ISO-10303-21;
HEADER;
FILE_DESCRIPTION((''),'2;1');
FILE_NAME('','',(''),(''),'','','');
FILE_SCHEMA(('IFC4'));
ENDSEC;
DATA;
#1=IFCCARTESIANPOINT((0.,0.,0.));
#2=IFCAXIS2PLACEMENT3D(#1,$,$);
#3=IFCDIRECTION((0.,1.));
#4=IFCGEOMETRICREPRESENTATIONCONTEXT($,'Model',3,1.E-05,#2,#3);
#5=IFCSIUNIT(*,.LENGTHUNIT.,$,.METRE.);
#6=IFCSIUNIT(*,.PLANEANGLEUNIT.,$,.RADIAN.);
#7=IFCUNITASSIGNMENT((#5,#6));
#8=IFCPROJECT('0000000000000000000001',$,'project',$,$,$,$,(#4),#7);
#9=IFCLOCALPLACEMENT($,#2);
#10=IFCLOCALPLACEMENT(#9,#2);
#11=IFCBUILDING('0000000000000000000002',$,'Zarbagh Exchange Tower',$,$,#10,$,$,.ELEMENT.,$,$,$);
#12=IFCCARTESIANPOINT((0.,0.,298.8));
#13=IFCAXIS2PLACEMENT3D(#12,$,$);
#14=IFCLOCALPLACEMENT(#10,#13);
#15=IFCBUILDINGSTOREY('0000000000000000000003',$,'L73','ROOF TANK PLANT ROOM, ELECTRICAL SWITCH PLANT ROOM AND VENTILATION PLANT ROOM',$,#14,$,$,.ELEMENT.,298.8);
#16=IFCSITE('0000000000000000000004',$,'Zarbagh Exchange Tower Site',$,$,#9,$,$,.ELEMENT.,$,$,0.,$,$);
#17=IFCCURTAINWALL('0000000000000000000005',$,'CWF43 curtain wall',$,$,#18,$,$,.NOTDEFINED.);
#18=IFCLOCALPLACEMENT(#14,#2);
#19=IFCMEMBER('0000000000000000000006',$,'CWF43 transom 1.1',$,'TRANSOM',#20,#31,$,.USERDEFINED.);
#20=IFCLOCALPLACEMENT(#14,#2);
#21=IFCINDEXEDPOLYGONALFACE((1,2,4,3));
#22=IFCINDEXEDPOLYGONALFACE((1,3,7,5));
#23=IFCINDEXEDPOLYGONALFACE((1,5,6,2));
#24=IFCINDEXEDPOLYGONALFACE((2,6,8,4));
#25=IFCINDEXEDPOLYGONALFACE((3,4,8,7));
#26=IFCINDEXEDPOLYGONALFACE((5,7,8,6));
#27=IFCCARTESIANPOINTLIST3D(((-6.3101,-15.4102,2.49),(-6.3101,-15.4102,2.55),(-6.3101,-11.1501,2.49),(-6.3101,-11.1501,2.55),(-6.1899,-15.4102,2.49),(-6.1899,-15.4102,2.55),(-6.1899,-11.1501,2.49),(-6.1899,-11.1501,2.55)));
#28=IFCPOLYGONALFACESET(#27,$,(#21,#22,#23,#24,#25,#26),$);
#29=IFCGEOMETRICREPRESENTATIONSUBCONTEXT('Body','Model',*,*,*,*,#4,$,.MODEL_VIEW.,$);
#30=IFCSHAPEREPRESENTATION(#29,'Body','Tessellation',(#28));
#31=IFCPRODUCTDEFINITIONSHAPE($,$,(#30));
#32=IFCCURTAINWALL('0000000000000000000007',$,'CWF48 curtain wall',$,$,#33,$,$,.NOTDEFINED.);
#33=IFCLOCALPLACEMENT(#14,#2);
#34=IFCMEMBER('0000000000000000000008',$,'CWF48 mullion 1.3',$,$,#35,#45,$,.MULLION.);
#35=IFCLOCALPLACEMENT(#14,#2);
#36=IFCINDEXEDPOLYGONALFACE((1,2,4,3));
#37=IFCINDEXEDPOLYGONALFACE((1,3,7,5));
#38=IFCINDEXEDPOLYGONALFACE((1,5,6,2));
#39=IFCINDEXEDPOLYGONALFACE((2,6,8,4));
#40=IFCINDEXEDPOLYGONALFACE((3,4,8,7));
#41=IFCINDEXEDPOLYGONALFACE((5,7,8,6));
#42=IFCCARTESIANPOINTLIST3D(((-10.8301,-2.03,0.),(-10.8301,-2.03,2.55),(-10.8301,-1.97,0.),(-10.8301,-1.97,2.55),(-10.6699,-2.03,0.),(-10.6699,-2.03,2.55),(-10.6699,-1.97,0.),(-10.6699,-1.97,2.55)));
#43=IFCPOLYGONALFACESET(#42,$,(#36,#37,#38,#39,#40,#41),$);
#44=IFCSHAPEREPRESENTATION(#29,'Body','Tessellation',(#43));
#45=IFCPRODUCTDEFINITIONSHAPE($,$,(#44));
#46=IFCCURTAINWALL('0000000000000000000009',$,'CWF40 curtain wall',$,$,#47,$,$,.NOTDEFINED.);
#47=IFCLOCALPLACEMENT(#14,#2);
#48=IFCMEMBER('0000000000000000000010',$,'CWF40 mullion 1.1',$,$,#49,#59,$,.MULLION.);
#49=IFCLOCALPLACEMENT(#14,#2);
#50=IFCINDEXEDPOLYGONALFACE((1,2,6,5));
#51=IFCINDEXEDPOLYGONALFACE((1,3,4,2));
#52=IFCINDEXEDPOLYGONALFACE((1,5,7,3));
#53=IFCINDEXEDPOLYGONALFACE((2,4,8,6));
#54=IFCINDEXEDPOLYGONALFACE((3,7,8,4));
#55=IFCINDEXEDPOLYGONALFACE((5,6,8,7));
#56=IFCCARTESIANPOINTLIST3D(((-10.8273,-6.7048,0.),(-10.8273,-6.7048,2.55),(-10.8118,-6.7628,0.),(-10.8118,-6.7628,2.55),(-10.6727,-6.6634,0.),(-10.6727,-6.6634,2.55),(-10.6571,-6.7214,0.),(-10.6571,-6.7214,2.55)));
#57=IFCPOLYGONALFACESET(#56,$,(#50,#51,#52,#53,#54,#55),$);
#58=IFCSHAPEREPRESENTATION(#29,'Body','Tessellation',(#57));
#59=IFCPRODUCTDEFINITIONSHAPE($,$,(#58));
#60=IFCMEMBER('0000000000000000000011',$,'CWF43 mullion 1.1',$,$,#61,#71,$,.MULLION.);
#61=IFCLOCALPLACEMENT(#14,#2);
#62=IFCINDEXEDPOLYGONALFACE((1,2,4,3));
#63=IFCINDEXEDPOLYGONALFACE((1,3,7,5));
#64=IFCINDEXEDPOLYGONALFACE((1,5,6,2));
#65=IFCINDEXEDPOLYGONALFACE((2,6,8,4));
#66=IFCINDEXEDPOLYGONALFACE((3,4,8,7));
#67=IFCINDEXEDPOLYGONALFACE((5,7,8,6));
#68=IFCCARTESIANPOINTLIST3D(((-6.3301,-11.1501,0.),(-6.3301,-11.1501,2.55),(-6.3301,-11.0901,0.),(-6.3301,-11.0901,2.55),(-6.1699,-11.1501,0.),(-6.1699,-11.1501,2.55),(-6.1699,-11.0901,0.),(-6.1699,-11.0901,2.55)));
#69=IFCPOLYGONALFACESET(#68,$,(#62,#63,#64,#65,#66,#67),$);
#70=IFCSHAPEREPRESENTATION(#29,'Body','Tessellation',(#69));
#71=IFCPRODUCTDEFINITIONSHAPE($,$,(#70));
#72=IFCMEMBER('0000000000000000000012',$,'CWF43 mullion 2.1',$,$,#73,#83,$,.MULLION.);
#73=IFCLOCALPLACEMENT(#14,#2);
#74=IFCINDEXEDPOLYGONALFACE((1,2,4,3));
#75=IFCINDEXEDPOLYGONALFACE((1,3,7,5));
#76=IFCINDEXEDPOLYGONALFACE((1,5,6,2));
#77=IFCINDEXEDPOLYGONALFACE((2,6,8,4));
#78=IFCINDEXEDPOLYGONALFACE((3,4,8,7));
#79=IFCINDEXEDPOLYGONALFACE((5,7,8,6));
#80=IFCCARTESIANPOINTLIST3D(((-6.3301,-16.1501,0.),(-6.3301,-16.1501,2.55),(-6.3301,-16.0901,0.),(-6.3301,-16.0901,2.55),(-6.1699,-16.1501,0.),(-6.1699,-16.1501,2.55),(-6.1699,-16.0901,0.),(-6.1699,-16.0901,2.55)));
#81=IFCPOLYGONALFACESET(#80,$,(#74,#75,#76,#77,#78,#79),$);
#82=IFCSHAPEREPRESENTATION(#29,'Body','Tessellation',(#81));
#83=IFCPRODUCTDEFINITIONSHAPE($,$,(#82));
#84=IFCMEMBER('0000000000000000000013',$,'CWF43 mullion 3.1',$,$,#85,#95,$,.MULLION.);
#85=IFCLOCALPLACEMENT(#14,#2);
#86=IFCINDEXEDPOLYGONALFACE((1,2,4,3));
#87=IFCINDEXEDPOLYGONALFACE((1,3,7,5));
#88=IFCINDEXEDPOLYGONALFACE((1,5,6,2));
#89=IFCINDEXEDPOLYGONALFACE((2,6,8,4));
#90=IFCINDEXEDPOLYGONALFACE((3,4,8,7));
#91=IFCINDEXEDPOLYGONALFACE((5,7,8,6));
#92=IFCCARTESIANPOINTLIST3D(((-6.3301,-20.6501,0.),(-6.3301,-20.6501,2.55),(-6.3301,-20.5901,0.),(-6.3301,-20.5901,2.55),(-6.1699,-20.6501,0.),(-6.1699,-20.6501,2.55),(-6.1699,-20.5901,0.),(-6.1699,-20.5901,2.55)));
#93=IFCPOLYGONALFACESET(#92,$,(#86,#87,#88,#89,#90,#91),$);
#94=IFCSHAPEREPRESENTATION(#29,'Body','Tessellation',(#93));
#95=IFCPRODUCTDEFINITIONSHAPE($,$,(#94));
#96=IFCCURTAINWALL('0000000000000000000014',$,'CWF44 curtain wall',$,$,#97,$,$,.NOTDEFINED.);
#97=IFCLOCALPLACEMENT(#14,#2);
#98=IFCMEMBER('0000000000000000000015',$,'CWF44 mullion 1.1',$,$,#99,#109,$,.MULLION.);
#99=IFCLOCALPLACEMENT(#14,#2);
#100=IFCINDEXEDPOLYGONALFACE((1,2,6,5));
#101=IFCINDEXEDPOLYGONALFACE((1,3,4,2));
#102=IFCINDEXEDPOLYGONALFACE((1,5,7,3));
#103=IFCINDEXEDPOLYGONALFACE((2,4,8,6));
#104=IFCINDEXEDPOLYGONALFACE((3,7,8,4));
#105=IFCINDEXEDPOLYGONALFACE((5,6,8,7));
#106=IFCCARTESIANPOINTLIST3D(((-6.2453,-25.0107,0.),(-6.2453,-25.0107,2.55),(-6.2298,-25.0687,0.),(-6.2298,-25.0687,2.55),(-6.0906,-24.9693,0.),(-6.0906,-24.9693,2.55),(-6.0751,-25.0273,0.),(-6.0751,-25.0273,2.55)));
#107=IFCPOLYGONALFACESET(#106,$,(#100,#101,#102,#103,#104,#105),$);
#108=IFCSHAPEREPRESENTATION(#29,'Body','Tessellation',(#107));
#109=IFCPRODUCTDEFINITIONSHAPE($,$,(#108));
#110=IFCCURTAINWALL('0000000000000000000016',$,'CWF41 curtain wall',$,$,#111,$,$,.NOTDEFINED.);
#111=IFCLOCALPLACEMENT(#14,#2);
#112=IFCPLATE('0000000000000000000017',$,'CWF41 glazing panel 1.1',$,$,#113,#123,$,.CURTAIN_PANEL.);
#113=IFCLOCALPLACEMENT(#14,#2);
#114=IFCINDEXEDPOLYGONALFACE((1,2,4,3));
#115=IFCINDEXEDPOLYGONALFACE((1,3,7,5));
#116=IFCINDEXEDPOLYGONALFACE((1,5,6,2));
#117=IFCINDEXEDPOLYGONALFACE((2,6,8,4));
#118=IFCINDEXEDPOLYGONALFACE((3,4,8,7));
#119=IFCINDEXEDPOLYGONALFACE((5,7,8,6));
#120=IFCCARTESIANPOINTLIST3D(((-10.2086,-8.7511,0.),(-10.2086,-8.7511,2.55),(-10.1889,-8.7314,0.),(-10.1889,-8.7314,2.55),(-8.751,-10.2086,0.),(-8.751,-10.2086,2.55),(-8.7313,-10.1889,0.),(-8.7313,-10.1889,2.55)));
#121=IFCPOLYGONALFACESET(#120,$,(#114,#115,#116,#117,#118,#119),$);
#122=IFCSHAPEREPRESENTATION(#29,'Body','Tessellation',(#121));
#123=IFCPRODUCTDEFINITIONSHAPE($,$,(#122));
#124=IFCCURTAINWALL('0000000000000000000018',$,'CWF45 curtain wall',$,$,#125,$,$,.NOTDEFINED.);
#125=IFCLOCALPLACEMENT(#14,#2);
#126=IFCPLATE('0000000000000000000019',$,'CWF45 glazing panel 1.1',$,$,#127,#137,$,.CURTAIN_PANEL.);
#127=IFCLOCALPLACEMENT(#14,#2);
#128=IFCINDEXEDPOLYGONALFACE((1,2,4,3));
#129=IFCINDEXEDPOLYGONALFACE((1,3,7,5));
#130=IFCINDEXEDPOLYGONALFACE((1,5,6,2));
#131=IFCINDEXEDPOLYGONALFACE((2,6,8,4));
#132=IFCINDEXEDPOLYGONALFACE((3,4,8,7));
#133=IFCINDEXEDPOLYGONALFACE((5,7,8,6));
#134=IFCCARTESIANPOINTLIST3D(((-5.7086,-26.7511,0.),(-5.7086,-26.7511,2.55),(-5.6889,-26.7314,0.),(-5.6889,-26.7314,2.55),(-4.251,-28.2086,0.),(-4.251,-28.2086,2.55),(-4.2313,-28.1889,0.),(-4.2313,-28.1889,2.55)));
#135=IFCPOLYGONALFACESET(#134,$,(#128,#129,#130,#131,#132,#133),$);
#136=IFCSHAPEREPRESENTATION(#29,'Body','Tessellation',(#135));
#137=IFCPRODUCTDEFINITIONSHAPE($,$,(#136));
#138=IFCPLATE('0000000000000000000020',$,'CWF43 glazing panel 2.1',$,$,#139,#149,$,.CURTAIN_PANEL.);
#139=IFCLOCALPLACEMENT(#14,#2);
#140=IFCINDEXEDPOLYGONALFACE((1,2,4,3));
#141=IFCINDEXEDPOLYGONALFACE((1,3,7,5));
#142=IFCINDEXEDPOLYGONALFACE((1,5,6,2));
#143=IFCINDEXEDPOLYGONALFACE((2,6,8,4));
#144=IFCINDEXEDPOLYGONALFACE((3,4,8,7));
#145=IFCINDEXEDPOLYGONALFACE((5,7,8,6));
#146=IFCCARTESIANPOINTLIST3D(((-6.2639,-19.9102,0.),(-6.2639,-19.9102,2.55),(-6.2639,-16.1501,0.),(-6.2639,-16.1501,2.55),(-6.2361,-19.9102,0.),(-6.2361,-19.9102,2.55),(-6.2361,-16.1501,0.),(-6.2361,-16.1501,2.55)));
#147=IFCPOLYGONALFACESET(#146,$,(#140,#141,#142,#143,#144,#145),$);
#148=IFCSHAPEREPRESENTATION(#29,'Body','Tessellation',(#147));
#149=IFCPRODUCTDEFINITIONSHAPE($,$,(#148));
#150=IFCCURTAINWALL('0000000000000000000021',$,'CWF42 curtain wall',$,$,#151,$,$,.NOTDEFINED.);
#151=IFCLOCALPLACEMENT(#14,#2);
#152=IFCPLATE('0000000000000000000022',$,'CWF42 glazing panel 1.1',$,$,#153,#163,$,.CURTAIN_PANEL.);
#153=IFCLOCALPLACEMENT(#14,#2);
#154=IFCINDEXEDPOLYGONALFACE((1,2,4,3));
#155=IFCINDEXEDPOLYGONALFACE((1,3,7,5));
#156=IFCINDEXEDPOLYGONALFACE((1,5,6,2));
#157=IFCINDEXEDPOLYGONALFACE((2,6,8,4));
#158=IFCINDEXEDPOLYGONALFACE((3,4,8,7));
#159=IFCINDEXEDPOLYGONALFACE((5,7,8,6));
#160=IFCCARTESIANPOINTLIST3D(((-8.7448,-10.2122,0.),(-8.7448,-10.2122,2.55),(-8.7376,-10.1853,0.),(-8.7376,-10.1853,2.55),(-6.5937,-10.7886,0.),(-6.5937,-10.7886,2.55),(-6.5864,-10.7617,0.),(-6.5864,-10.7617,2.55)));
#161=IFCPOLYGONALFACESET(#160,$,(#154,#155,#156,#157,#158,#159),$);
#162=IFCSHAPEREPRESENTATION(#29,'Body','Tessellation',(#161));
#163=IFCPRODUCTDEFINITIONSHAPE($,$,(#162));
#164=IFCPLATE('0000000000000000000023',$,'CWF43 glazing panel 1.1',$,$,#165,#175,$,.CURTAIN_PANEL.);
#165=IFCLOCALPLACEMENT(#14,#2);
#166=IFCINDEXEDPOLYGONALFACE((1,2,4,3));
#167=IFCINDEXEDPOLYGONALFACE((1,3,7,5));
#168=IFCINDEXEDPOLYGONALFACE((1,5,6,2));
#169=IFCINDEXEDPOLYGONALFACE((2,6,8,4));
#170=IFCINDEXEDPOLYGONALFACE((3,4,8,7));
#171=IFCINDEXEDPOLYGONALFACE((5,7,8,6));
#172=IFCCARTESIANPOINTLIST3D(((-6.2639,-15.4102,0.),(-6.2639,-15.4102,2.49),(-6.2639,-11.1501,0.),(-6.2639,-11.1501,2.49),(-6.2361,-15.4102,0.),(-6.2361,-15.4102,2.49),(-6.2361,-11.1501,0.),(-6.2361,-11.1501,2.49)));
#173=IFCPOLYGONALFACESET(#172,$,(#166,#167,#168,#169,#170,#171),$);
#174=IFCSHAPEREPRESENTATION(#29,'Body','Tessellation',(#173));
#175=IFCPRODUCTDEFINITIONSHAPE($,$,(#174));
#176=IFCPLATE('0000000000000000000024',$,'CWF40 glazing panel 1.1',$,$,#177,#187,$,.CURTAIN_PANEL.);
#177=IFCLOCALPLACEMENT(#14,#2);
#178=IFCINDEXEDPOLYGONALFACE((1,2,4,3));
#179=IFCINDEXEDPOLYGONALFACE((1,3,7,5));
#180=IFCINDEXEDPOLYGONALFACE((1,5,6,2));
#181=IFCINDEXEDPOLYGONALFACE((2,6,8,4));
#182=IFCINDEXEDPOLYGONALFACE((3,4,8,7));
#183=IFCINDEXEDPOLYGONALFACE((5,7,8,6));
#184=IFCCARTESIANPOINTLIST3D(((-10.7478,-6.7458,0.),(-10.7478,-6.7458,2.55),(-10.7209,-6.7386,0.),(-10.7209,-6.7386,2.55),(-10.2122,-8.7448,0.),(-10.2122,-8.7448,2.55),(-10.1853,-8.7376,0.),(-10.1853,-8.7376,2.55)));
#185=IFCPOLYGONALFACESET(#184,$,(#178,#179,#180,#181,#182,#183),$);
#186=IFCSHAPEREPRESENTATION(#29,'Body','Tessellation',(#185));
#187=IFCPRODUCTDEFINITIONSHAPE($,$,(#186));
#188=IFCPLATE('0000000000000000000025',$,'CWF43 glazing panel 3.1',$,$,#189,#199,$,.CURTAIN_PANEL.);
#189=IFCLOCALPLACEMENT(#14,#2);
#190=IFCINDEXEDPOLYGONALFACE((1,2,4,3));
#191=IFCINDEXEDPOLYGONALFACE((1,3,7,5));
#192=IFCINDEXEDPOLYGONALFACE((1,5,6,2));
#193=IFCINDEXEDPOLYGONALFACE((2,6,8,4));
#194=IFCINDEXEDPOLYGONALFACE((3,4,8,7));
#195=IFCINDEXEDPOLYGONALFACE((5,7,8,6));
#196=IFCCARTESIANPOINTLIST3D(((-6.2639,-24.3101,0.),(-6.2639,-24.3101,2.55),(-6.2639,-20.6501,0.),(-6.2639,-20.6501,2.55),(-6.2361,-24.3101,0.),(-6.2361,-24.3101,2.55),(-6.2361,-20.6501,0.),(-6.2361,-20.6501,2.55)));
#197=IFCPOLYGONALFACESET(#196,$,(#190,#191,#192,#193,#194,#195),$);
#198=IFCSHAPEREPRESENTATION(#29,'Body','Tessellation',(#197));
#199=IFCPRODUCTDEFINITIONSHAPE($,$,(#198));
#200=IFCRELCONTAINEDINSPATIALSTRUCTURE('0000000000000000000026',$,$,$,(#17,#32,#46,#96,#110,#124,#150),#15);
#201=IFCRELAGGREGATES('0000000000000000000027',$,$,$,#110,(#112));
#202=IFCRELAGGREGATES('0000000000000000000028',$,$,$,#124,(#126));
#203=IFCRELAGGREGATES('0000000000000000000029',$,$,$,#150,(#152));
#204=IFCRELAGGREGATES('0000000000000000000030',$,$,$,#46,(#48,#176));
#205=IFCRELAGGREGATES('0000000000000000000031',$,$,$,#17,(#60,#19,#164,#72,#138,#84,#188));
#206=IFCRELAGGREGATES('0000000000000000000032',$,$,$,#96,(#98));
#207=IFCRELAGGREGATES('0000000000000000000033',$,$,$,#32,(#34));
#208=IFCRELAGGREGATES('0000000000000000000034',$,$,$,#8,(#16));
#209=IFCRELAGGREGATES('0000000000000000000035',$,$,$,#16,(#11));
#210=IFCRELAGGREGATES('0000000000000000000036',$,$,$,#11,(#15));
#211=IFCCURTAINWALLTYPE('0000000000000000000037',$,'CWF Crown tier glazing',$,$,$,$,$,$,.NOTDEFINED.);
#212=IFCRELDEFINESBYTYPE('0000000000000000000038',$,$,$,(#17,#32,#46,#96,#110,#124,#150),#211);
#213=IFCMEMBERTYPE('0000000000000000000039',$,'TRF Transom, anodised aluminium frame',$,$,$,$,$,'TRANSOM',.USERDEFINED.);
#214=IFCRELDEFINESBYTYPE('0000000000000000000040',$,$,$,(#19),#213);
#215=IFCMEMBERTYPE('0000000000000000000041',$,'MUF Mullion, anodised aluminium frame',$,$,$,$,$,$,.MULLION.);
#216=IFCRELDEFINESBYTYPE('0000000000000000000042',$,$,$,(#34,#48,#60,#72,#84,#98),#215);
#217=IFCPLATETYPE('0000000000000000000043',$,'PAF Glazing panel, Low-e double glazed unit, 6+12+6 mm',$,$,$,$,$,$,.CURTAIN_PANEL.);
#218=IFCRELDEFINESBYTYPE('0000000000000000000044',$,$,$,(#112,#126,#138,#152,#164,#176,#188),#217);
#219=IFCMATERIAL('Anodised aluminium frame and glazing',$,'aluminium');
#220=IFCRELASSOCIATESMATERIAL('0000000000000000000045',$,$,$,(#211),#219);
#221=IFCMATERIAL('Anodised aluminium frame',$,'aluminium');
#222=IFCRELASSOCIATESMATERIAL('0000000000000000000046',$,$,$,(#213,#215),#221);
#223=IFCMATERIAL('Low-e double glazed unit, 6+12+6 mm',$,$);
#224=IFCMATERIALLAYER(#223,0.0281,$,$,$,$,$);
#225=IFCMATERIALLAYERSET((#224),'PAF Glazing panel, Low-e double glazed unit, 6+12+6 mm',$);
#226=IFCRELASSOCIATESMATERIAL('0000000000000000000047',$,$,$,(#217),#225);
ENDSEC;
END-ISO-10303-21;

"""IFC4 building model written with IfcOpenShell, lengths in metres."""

from ifc_helpers import new_model, si_unit, direction, frame, origin, place, context, subcontext, project, spatial, polyline, outline, extrude, source, transform, mapped, material, layer, layer_set, type_object, element, aggregate, save


model = new_model("IFC4")

# Units and contexts
model_context = context("Model", 3, precision=1e-05, world=origin(), true_north=direction((0.0, 1.0)))
body_context = subcontext(model_context, "Body", "Model", "MODEL_VIEW")
ifc_project = project(units=[si_unit("LENGTHUNIT", "METRE"), si_unit("PLANEANGLEUNIT", "RADIAN")], contexts=[model_context])

# Site, building, storey
site_placement = place(None, origin())
site = spatial("IfcSite", under=ifc_project, at=site_placement, Name="Zarbagh Exchange Tower Site", CompositionType="ELEMENT", RefElevation=0.0)
building_placement = place(site_placement, origin())
building = spatial("IfcBuilding", under=site, at=building_placement, Name="Zarbagh Exchange Tower", CompositionType="ELEMENT")
storey_placement = place(building_placement, frame((0.0, 0.0, 298.8)))
storey = spatial("IfcBuildingStorey", under=building, at=storey_placement, Name="L73", Description="ROOF TANK PLANT ROOM, ELECTRICAL SWITCH PLANT ROOM AND VENTILATION PLANT ROOM", CompositionType="ELEMENT", Elevation=298.8)

# Curtain walls, members
ifc_material_1 = material(Name="Anodised aluminium frame and glazing", Category="aluminium")
curtain_wall_type = type_object("IfcCurtainWallType", Name="CWF Crown tier glazing", PredefinedType="NOTDEFINED", material=ifc_material_1)
curtain_wall_1_placement = place(storey_placement, origin())
curtain_wall_1 = element("IfcCurtainWall", 1, at=curtain_wall_1_placement, inside=storey, type_object=curtain_wall_type, Name="CWF43 curtain wall", PredefinedType="NOTDEFINED")
ifc_material_2 = material(Name="Anodised aluminium frame", Category="aluminium")
member_type_1 = type_object("IfcMemberType", Name="TRF Transom, anodised aluminium frame", ElementType="TRANSOM", PredefinedType="USERDEFINED", material=ifc_material_2)
shared_shape_1 = source(origin(), body_context, "Body", "SweptSolid", [
    extrude(outline(polyline([(-0.0601, -0.0601), (0.0, -0.0601), (0.0, 0.0601), (-0.0601, 0.0601), (-0.0601, -0.0601)])), origin(), (0.0, 0.0, 1.0), 4.26),
])
placement = place(storey_placement, origin())
member_1 = element("IfcMember", 2, at=placement, type_object=member_type_1, Name="CWF43 transom 1.1", ObjectType="TRANSOM", PredefinedType="USERDEFINED", context=body_context, shape_type="MappedRepresentation", body=[
    mapped(shared_shape_1, transform((-6.25, -11.1501, 2.55), x_axis=(0.0, 0.0, 1.0), y_axis=(-1.0, 0.0, 0.0), z_axis=(0.0, -1.0, 0.0))),
])
curtain_wall_2_placement = place(storey_placement, origin())
curtain_wall_2 = element("IfcCurtainWall", 3, at=curtain_wall_2_placement, inside=storey, type_object=curtain_wall_type, Name="CWF48 curtain wall", PredefinedType="NOTDEFINED")
member_type_2 = type_object("IfcMemberType", Name="MUF Mullion, anodised aluminium frame", PredefinedType="MULLION", material=ifc_material_2)
shared_shape_2 = source(origin(), body_context, "Body", "SweptSolid", [
    extrude(outline(polyline([(0.0, -0.0801), (0.0601, -0.0801), (0.0601, 0.0801), (0.0, 0.0801), (0.0, -0.0801)])), origin(), (0.0, 0.0, 1.0), 2.55),
])
member_2 = element("IfcMember", 4, at=placement, type_object=member_type_2, Name="CWF48 mullion 1.3", PredefinedType="MULLION", context=body_context, shape_type="MappedRepresentation", body=[
    mapped(shared_shape_2, transform((-10.75, -1.97, 0.0), x_axis=(0.0, -1.0, 0.0), y_axis=(1.0, 0.0, 0.0), z_axis=(0.0, 0.0, 1.0))),
])
curtain_wall_3_placement = place(storey_placement, origin())
curtain_wall_3 = element("IfcCurtainWall", 5, at=curtain_wall_3_placement, inside=storey, type_object=curtain_wall_type, Name="CWF40 curtain wall", PredefinedType="NOTDEFINED")
member_3 = element("IfcMember", 6, at=placement, type_object=member_type_2, Name="CWF40 mullion 1.1", PredefinedType="MULLION", context=body_context, shape_type="MappedRepresentation", body=[
    mapped(shared_shape_2, transform((-10.75, -6.6841, 0.0), x_axis=(0.258825, -0.965924, 0.0), y_axis=(0.965924, 0.258825, 0.0), z_axis=(0.0, 0.0, 1.0))),
])

# Members
member_4 = element("IfcMember", 7, at=placement, type_object=member_type_2, Name="CWF43 mullion 1.1", PredefinedType="MULLION", context=body_context, shape_type="MappedRepresentation", body=[
    mapped(shared_shape_2, transform((-6.25, -11.0901, 0.0), x_axis=(0.0, -1.0, 0.0), y_axis=(1.0, 0.0, 0.0), z_axis=(0.0, 0.0, 1.0))),
])
member_5 = element("IfcMember", 8, at=placement, type_object=member_type_2, Name="CWF43 mullion 2.1", PredefinedType="MULLION", context=body_context, shape_type="MappedRepresentation", body=[
    mapped(shared_shape_2, transform((-6.25, -16.0901, 0.0), x_axis=(0.0, -1.0, 0.0), y_axis=(1.0, 0.0, 0.0), z_axis=(0.0, 0.0, 1.0))),
])
member_6 = element("IfcMember", 9, at=placement, type_object=member_type_2, Name="CWF43 mullion 3.1", PredefinedType="MULLION", context=body_context, shape_type="MappedRepresentation", body=[
    mapped(shared_shape_2, transform((-6.25, -20.5901, 0.0), x_axis=(0.0, -1.0, 0.0), y_axis=(1.0, 0.0, 0.0), z_axis=(0.0, 0.0, 1.0))),
])

# Curtain wall, member
curtain_wall_4_placement = place(storey_placement, origin())
curtain_wall_4 = element("IfcCurtainWall", 10, at=curtain_wall_4_placement, inside=storey, type_object=curtain_wall_type, Name="CWF44 curtain wall", PredefinedType="NOTDEFINED")
member_7 = element("IfcMember", 11, at=placement, type_object=member_type_2, Name="CWF44 mullion 1.1", PredefinedType="MULLION", context=body_context, shape_type="MappedRepresentation", body=[
    mapped(shared_shape_2, transform((-6.168, -24.99, 0.0), x_axis=(0.258825, -0.965924, 0.0), y_axis=(0.965924, 0.258825, 0.0), z_axis=(0.0, 0.0, 1.0))),
])

# Curtain walls, plates
curtain_wall_5_placement = place(storey_placement, origin())
curtain_wall_5 = element("IfcCurtainWall", 12, at=curtain_wall_5_placement, inside=storey, type_object=curtain_wall_type, Name="CWF41 curtain wall", PredefinedType="NOTDEFINED")
ifc_material_3 = material(Name="Low-e double glazed unit, 6+12+6 mm")
ifc_layer_1 = layer(ifc_material_3, 0.0281)
ifc_layer_set_1 = layer_set([ifc_layer_1], Name="PAF Glazing panel, Low-e double glazed unit, 6+12+6 mm")
plate_type = type_object("IfcPlateType", Name="PAF Glazing panel, Low-e double glazed unit, 6+12+6 mm", PredefinedType="CURTAIN_PANEL", material=ifc_layer_set_1)
shared_shape_3 = source(origin(), body_context, "Body", "SweptSolid", [
    extrude(outline(polyline([(0.0, -0.0139), (2.0613, -0.0139), (2.0613, 0.0139), (0.0, 0.0139), (0.0, -0.0139)])), origin(), (0.0, 0.0, 1.0), 2.55),
])
plate_1 = element("IfcPlate", 13, at=placement, type_object=plate_type, Name="CWF41 glazing panel 1.1", PredefinedType="CURTAIN_PANEL", context=body_context, shape_type="MappedRepresentation", body=[
    mapped(shared_shape_3, transform((-10.1987, -8.7412, 0.0), x_axis=(0.707107, -0.707107, 0.0), y_axis=(0.707107, 0.707107, 0.0), z_axis=(0.0, 0.0, 1.0))),
])
aggregate(curtain_wall_5, [plate_1])
curtain_wall_6_placement = place(storey_placement, origin())
curtain_wall_6 = element("IfcCurtainWall", 14, at=curtain_wall_6_placement, inside=storey, type_object=curtain_wall_type, Name="CWF45 curtain wall", PredefinedType="NOTDEFINED")
plate_2 = element("IfcPlate", 15, at=placement, type_object=plate_type, Name="CWF45 glazing panel 1.1", PredefinedType="CURTAIN_PANEL", context=body_context, shape_type="MappedRepresentation", body=[
    mapped(shared_shape_3, transform((-5.6987, -26.7412, 0.0), x_axis=(0.707107, -0.707107, 0.0), y_axis=(0.707107, 0.707107, 0.0), z_axis=(0.0, 0.0, 1.0))),
])
aggregate(curtain_wall_6, [plate_2])

# Plate
shared_shape_4 = source(origin(), body_context, "Body", "SweptSolid", [
    extrude(outline(polyline([(0.0, -0.0139), (3.76, -0.0139), (3.76, 0.0139), (0.0, 0.0139), (0.0, -0.0139)])), origin(), (0.0, 0.0, 1.0), 2.55),
])
plate_3 = element("IfcPlate", 16, at=placement, type_object=plate_type, Name="CWF43 glazing panel 2.1", PredefinedType="CURTAIN_PANEL", context=body_context, shape_type="MappedRepresentation", body=[
    mapped(shared_shape_4, transform((-6.25, -16.1501, 0.0), x_axis=(0.0, -1.0, 0.0), y_axis=(1.0, 0.0, 0.0), z_axis=(0.0, 0.0, 1.0))),
])

# Curtain wall, plate
curtain_wall_7_placement = place(storey_placement, origin())
curtain_wall_7 = element("IfcCurtainWall", 17, at=curtain_wall_7_placement, inside=storey, type_object=curtain_wall_type, Name="CWF42 curtain wall", PredefinedType="NOTDEFINED")
shared_shape_5 = source(origin(), body_context, "Body", "SweptSolid", [
    extrude(outline(polyline([(0.0, -0.0139), (2.2271, -0.0139), (2.2271, 0.0139), (0.0, 0.0139), (0.0, -0.0139)])), origin(), (0.0, 0.0, 1.0), 2.55),
])
plate_4 = element("IfcPlate", 18, at=placement, type_object=plate_type, Name="CWF42 glazing panel 1.1", PredefinedType="CURTAIN_PANEL", context=body_context, shape_type="MappedRepresentation", body=[
    mapped(shared_shape_5, transform((-8.7412, -10.1987, 0.0), x_axis=(0.965924, -0.258825, 0.0), y_axis=(0.258825, 0.965924, 0.0), z_axis=(0.0, 0.0, 1.0))),
])
aggregate(curtain_wall_7, [plate_4])

# Plates
shared_shape_6 = source(origin(), body_context, "Body", "SweptSolid", [
    extrude(outline(polyline([(0.0, -0.0139), (4.26, -0.0139), (4.26, 0.0139), (0.0, 0.0139), (0.0, -0.0139)])), origin(), (0.0, 0.0, 1.0), 2.49),
])
plate_5 = element("IfcPlate", 19, at=placement, type_object=plate_type, Name="CWF43 glazing panel 1.1", PredefinedType="CURTAIN_PANEL", context=body_context, shape_type="MappedRepresentation", body=[
    mapped(shared_shape_6, transform((-6.25, -11.1501, 0.0), x_axis=(0.0, -1.0, 0.0), y_axis=(1.0, 0.0, 0.0), z_axis=(0.0, 0.0, 1.0))),
])
shared_shape_7 = source(origin(), body_context, "Body", "SweptSolid", [
    extrude(outline(polyline([(0.0, -0.0139), (2.0696, -0.0139), (2.0696, 0.0139), (0.0, 0.0139), (0.0, -0.0139)])), origin(), (0.0, 0.0, 1.0), 2.55),
])
plate_6 = element("IfcPlate", 20, at=placement, type_object=plate_type, Name="CWF40 glazing panel 1.1", PredefinedType="CURTAIN_PANEL", context=body_context, shape_type="MappedRepresentation", body=[
    mapped(shared_shape_7, transform((-10.7344, -6.7422, 0.0), x_axis=(0.258825, -0.965924, 0.0), y_axis=(0.965924, 0.258825, 0.0), z_axis=(0.0, 0.0, 1.0))),
])
aggregate(curtain_wall_3, [member_3, plate_6])
shared_shape_8 = source(origin(), body_context, "Body", "SweptSolid", [
    extrude(outline(polyline([(0.0, -0.0139), (3.6599, -0.0139), (3.6599, 0.0139), (0.0, 0.0139), (0.0, -0.0139)])), origin(), (0.0, 0.0, 1.0), 2.55),
])
plate_7 = element("IfcPlate", 21, at=placement, type_object=plate_type, Name="CWF43 glazing panel 3.1", PredefinedType="CURTAIN_PANEL", context=body_context, shape_type="MappedRepresentation", body=[
    mapped(shared_shape_8, transform((-6.25, -20.6501, 0.0), x_axis=(0.0, -1.0, 0.0), y_axis=(1.0, 0.0, 0.0), z_axis=(0.0, 0.0, 1.0))),
])
aggregate(curtain_wall_1, [member_4, member_1, plate_5, member_5, plate_3, member_6, plate_7])
aggregate(curtain_wall_4, [member_7])

aggregate(curtain_wall_2, [member_2])

save(model, "model.ifc")
